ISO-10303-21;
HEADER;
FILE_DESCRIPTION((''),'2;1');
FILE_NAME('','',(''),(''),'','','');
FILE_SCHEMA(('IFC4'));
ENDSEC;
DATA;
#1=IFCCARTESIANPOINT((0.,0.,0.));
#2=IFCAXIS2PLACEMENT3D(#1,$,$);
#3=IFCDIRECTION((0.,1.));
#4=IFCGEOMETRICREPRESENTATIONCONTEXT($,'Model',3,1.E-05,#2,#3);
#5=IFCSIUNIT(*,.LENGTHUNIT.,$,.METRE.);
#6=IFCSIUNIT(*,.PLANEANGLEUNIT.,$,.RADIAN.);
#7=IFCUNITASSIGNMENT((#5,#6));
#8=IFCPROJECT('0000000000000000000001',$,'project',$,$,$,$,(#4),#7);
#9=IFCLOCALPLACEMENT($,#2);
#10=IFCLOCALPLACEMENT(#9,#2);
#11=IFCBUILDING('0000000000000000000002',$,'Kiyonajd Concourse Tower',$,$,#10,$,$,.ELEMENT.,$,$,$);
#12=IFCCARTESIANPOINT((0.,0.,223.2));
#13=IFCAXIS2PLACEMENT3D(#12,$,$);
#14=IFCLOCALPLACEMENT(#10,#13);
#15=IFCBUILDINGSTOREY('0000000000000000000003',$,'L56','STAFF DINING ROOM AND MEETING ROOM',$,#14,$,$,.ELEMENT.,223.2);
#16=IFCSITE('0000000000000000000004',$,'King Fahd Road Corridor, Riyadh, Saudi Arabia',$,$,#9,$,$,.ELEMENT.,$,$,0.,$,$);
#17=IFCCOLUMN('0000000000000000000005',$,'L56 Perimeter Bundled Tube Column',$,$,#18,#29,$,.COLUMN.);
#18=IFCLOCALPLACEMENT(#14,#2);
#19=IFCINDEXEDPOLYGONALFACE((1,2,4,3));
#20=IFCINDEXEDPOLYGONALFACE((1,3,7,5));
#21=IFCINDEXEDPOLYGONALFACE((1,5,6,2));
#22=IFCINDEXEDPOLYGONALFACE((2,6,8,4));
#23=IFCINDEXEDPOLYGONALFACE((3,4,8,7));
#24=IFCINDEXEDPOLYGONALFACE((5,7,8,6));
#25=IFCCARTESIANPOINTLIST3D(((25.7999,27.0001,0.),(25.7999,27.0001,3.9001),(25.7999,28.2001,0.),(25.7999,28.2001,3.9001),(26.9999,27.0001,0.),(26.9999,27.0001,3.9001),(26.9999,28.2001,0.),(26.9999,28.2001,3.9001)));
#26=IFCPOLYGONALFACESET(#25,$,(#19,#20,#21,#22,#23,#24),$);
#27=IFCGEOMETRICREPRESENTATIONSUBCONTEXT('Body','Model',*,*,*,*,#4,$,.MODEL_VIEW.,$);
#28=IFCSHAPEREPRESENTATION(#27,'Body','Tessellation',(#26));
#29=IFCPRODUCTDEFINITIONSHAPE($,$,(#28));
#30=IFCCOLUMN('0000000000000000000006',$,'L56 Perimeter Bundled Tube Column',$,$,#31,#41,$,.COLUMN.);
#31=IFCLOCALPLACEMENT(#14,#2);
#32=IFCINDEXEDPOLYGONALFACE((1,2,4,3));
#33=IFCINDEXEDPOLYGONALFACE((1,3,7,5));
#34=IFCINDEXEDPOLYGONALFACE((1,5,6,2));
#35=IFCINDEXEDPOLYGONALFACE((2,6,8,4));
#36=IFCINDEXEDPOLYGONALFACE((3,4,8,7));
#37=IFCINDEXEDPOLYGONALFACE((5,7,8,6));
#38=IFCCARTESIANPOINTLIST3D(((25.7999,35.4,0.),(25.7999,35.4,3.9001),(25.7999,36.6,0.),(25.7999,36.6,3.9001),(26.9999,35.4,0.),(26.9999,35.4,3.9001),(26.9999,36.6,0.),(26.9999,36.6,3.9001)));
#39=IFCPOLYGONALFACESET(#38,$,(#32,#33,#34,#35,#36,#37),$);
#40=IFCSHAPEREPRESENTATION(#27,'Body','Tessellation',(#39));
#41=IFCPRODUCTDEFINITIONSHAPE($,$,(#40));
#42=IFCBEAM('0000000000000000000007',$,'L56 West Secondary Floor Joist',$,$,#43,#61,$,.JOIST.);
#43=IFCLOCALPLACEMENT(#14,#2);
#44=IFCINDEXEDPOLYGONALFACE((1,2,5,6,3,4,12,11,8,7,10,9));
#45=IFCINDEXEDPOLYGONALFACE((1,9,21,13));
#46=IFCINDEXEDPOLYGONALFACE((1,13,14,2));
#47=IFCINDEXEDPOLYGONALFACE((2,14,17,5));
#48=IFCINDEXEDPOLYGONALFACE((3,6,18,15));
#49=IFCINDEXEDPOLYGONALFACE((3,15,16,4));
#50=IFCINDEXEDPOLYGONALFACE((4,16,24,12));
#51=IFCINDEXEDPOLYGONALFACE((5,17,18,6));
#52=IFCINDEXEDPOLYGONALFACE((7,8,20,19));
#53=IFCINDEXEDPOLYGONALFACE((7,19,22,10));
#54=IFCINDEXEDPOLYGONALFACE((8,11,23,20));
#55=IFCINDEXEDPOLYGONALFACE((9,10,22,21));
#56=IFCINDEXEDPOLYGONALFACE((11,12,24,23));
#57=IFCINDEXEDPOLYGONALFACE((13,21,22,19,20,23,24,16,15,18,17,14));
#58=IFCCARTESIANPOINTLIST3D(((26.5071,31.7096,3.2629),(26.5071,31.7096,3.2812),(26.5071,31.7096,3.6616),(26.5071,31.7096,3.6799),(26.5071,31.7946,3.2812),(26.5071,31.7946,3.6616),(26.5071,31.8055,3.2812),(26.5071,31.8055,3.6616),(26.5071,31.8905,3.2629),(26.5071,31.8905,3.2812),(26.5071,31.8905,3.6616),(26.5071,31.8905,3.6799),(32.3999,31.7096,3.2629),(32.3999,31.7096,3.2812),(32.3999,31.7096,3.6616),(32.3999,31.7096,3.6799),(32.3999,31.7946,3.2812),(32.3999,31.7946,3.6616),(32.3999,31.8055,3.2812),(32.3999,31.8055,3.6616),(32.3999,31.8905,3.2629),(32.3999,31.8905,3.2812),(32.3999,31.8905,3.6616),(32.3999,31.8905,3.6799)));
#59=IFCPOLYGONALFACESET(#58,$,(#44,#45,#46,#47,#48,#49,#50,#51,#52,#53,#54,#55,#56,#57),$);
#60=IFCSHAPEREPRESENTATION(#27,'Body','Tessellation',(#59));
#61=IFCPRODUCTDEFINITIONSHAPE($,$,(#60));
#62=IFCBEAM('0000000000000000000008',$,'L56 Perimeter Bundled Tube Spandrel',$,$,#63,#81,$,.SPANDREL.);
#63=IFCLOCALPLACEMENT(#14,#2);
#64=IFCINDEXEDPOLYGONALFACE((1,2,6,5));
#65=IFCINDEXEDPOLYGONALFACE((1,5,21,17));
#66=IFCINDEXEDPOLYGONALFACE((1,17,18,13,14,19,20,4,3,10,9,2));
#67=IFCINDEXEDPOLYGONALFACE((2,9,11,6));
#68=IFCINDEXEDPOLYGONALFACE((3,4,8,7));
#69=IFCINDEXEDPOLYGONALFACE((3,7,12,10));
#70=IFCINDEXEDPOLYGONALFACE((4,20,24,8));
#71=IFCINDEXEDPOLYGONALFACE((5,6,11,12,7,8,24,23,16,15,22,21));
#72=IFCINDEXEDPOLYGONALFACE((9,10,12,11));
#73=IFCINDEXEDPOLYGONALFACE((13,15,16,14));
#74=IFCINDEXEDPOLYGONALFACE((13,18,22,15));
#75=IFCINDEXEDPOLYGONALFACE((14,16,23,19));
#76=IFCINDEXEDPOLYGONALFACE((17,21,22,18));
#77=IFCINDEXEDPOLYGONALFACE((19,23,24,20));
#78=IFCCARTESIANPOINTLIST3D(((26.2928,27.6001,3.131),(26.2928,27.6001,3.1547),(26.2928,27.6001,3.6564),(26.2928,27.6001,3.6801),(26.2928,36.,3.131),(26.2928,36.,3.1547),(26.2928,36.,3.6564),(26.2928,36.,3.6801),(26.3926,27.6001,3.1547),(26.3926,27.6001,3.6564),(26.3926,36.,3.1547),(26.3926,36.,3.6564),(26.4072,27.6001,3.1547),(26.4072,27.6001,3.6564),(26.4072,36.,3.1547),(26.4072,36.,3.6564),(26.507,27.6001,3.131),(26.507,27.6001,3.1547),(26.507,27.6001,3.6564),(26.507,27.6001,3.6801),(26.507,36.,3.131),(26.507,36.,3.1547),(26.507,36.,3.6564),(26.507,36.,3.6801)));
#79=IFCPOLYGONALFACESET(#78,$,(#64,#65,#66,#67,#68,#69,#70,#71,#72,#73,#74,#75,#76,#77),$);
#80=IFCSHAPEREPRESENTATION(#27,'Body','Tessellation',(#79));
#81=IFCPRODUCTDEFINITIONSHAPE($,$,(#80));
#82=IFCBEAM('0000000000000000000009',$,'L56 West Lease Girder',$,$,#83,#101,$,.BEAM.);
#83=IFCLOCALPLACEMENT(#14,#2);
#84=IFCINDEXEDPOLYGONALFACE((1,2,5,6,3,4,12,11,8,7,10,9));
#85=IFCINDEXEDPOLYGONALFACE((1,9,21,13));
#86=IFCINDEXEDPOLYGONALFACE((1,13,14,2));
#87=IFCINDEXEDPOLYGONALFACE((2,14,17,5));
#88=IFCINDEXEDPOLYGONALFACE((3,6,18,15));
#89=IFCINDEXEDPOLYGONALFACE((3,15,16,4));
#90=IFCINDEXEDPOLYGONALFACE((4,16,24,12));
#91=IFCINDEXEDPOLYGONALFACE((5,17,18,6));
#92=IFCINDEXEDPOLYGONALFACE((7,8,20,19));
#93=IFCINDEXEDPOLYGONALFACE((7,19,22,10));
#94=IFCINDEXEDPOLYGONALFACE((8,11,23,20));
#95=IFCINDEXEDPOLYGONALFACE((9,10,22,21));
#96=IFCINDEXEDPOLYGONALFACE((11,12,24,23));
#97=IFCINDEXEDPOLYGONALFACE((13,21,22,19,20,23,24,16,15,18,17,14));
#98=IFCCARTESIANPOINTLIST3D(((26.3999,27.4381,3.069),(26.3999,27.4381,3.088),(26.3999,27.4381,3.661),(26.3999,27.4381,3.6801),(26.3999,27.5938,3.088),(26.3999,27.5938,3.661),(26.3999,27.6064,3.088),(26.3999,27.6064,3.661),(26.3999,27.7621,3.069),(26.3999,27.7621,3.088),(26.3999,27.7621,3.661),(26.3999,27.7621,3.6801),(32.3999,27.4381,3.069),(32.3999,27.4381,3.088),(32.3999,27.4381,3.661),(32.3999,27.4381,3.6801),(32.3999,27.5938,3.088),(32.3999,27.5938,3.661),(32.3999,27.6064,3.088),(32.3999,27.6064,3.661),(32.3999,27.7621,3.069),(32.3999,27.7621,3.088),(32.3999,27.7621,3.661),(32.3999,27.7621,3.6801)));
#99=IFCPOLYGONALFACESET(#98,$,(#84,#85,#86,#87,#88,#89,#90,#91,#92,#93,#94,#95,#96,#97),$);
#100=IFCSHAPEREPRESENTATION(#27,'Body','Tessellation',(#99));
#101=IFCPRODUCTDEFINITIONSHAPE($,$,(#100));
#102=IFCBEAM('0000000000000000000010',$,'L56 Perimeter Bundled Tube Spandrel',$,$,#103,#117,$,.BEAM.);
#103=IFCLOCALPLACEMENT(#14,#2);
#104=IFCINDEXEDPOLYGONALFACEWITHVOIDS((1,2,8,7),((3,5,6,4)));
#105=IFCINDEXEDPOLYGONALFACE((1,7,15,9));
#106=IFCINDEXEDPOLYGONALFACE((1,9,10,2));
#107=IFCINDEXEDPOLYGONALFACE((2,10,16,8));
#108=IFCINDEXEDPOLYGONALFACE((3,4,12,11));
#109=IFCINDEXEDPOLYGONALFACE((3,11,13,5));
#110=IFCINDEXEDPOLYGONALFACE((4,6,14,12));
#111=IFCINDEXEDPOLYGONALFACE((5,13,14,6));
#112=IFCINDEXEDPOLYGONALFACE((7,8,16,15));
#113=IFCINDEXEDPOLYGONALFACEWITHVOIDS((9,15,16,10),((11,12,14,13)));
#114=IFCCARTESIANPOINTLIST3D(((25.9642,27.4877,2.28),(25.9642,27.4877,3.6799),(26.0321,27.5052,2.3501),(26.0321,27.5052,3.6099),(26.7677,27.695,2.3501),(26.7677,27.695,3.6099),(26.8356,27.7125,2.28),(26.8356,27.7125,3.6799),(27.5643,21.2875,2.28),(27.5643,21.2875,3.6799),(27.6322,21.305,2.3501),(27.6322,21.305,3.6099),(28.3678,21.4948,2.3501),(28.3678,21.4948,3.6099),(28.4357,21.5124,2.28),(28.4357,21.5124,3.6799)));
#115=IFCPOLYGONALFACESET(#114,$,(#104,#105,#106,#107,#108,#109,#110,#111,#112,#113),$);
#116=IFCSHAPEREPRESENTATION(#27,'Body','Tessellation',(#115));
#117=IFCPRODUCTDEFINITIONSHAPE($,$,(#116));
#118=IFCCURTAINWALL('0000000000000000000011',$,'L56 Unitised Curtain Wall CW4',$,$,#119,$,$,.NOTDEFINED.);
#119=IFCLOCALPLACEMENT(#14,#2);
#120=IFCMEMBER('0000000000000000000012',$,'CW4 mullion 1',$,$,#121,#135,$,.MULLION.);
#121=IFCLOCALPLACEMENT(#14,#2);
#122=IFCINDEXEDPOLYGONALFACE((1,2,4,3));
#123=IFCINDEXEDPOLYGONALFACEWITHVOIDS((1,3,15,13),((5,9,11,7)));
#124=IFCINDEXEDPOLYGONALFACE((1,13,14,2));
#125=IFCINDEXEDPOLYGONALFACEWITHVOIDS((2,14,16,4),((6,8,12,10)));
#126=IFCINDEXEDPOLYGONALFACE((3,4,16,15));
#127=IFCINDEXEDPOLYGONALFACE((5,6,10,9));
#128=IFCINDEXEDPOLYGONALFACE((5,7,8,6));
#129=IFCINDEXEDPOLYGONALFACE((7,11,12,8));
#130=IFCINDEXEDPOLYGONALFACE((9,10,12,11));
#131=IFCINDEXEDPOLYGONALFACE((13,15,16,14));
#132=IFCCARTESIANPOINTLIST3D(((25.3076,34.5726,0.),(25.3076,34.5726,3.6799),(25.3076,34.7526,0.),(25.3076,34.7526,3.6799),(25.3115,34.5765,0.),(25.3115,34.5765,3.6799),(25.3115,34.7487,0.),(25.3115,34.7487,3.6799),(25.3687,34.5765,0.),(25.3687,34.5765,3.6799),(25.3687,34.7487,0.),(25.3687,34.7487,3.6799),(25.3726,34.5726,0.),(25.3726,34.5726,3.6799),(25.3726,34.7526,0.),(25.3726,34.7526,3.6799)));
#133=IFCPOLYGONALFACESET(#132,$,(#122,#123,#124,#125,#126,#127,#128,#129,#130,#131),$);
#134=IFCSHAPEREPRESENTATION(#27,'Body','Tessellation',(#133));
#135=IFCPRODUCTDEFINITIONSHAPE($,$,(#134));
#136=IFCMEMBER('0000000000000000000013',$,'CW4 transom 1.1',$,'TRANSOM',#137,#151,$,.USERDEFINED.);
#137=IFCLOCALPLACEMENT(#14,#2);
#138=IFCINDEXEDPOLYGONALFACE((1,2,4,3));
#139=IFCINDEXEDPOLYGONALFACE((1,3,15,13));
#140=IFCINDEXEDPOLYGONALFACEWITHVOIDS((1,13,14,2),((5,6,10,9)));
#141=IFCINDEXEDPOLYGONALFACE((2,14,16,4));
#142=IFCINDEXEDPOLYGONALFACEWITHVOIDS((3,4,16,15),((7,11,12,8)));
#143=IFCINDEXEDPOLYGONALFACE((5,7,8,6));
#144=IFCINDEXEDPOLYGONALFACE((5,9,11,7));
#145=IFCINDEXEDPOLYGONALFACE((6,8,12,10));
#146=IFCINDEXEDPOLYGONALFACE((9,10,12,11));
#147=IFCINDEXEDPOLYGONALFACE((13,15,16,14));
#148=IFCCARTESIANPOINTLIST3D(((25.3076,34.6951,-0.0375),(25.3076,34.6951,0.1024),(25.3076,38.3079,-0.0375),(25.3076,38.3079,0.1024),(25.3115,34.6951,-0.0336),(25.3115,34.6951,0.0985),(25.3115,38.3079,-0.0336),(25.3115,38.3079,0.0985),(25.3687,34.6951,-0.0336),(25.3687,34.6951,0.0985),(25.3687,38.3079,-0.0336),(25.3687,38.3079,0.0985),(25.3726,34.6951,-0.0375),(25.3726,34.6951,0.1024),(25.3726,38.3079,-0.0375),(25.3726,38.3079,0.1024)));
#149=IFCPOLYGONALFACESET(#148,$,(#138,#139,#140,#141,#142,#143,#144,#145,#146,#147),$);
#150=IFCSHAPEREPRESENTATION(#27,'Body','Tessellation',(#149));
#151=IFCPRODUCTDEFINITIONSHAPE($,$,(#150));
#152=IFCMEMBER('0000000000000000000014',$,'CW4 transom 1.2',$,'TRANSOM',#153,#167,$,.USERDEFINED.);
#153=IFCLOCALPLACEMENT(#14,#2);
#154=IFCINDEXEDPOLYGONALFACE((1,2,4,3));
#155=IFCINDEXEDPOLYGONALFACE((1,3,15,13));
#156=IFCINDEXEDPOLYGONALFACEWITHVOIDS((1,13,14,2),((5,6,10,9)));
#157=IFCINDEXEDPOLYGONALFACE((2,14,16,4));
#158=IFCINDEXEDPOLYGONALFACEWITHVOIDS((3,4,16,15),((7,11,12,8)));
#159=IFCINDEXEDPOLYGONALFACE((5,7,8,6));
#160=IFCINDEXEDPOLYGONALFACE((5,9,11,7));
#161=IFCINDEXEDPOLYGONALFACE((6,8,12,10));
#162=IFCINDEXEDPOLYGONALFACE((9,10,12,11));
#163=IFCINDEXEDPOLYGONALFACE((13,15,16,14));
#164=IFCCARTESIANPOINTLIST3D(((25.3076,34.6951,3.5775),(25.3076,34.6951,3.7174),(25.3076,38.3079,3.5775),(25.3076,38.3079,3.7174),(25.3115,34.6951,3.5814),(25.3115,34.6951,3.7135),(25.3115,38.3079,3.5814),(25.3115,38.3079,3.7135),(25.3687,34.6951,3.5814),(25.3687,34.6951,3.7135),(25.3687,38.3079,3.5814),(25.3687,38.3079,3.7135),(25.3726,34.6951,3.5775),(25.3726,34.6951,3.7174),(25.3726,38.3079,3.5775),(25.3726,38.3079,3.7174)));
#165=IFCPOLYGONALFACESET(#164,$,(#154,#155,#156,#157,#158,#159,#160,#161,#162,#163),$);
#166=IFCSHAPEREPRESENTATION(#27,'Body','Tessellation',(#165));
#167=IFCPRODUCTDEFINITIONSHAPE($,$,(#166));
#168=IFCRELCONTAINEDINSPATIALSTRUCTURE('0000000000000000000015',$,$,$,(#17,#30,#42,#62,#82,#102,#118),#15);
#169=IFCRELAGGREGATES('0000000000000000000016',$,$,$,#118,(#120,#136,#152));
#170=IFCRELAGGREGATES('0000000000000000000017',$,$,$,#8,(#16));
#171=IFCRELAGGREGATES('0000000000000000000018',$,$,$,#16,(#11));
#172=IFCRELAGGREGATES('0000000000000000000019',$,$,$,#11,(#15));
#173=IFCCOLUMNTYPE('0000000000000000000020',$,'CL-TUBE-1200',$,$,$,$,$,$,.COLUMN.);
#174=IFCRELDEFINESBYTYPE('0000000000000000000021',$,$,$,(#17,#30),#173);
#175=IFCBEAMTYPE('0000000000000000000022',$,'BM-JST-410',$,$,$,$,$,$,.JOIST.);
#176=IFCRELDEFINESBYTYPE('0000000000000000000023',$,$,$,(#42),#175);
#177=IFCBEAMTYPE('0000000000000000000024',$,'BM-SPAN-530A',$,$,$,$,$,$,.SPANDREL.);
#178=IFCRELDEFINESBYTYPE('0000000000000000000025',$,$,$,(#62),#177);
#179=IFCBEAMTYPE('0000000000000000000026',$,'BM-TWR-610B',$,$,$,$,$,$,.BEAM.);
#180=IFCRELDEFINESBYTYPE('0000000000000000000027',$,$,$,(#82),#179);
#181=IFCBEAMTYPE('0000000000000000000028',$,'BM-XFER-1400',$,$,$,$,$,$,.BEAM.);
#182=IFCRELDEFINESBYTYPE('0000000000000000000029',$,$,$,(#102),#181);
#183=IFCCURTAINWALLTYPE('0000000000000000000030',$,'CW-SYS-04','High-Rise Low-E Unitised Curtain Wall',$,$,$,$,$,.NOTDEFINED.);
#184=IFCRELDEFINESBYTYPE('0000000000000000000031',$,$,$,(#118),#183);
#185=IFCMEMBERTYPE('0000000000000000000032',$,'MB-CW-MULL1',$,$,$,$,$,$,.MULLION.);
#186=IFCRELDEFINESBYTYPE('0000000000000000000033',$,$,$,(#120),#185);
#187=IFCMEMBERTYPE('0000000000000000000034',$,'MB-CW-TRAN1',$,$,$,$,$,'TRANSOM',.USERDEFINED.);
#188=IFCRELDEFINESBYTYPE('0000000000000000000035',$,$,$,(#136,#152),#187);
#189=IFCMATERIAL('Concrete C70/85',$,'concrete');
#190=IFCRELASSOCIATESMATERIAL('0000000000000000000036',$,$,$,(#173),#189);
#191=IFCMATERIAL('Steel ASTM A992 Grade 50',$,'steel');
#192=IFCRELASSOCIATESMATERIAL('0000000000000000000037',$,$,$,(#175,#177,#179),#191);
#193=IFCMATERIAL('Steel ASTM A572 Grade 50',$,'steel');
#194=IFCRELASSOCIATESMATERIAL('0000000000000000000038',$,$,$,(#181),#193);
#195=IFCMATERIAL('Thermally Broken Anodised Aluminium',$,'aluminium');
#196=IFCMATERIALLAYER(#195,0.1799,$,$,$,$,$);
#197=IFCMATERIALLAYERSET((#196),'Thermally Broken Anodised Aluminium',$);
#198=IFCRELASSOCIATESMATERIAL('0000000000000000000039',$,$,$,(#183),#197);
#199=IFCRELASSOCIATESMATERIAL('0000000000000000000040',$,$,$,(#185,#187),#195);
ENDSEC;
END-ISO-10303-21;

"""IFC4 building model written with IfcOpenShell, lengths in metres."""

from ifc_helpers import new_model, si_unit, direction, frame, origin, origin_2d, place, context, subcontext, project, spatial, rectangle, hollow_rectangle, i_section, extrude, material, layer, layer_set, material_profile, profile_set, type_object, element, aggregate, save


model = new_model("IFC4")

# Units and contexts
model_context = context("Model", 3, precision=1e-05, world=origin(), true_north=direction((0.0, 1.0)))
body_context = subcontext(model_context, "Body", "Model", "MODEL_VIEW")
ifc_project = project(units=[si_unit("LENGTHUNIT", "METRE"), si_unit("PLANEANGLEUNIT", "RADIAN")], contexts=[model_context])

# Site, building, storey
site_placement = place(None, origin())
site = spatial("IfcSite", under=ifc_project, at=site_placement, Name="King Fahd Road Corridor, Riyadh, Saudi Arabia", CompositionType="ELEMENT", RefElevation=0.0)
building_placement = place(site_placement, origin())
building = spatial("IfcBuilding", under=site, at=building_placement, Name="Kiyonajd Concourse Tower", CompositionType="ELEMENT")
storey_placement = place(building_placement, frame((0.0, 0.0, 223.2)))
storey = spatial("IfcBuildingStorey", under=building, at=storey_placement, Name="L56", Description="STAFF DINING ROOM AND MEETING ROOM", CompositionType="ELEMENT", Elevation=223.2)

# Columns
ifc_material_1 = material(Name="Concrete C70/85", Category="concrete")
ifc_material_profile_1 = material_profile(ifc_material_1, rectangle(XDim=1.2, YDim=1.2, at=origin_2d()), Name="RC-1200x1200")
ifc_profile_set_1 = profile_set([ifc_material_profile_1], Name="Concrete C70/85")
column_type = type_object("IfcColumnType", Name="CL-TUBE-1200", PredefinedType="COLUMN", material=ifc_profile_set_1)
for number, where, z_axis, x_axis, name in (
    (1, (26.3999, 27.6001, 0.0), (0.0, 0.0, 1.0), (1.0, 0.0, 0.0), "L56 Perimeter Bundled Tube Column"),
    (2, (26.3999, 36.0, 0.0), (0.0, 0.0, 1.0), (1.0, 0.0, 0.0), "L56 Perimeter Bundled Tube Column"),
):
    element("IfcColumn", number, at=place(storey_placement, frame(where, z_axis=z_axis, x_axis=x_axis)), inside=storey, type_object=column_type, Name=name, PredefinedType="COLUMN", context=body_context, shape_type="SweptSolid", body=[
        extrude(rectangle(XDim=1.2, YDim=1.2, at=origin_2d()), origin(), (0.0, 0.0, 1.0), 3.9001),
    ])

# Beams
ifc_material_2 = material(Name="Steel ASTM A992 Grade 50", Category="steel")
ifc_material_profile_2 = material_profile(ifc_material_2, i_section(OverallWidth=0.1809, OverallDepth=0.417, WebThickness=0.011, FlangeThickness=0.0183, at=origin_2d()), Name="W410X85")
ifc_profile_set_2 = profile_set([ifc_material_profile_2], Name="Steel ASTM A992 Grade 50")
beam_type_1 = type_object("IfcBeamType", Name="BM-JST-410", PredefinedType="JOIST", material=ifc_profile_set_2)
beam_1_placement = place(storey_placement, frame((26.5071, 31.8, 3.4714), z_axis=(1.0, 0.0, 0.0), x_axis=(0.0, 1.0, 0.0)))
element("IfcBeam", 3, at=beam_1_placement, inside=storey, type_object=beam_type_1, Name="L56 West Secondary Floor Joist", PredefinedType="JOIST", context=body_context, shape_type="SweptSolid", body=[
    extrude(i_section(OverallWidth=0.1809, OverallDepth=0.417, WebThickness=0.011, FlangeThickness=0.0183, at=origin_2d()), origin(), (0.0, 0.0, 1.0), 5.8928),
])
ifc_material_profile_3 = material_profile(ifc_material_2, i_section(OverallWidth=0.2141, OverallDepth=0.5491, WebThickness=0.0146, FlangeThickness=0.0237, at=origin_2d()), Name="W530X138")
ifc_profile_set_3 = profile_set([ifc_material_profile_3], Name="Steel ASTM A992 Grade 50")
beam_type_2 = type_object("IfcBeamType", Name="BM-SPAN-530A", PredefinedType="SPANDREL", material=ifc_profile_set_3)
beam_2_placement = place(storey_placement, frame((26.3999, 36.0, 3.4055), z_axis=(0.0, -1.0, 0.0), x_axis=(1.0, 0.0, 0.0)))
element("IfcBeam", 4, at=beam_2_placement, inside=storey, type_object=beam_type_2, Name="L56 Perimeter Bundled Tube Spandrel", PredefinedType="SPANDREL", context=body_context, shape_type="SweptSolid", body=[
    extrude(i_section(OverallWidth=0.2141, OverallDepth=0.5491, WebThickness=0.0146, FlangeThickness=0.0237, at=origin_2d()), origin(), (0.0, 0.0, 1.0), 8.3999),
])
ifc_material_profile_4 = material_profile(ifc_material_2, i_section(OverallWidth=0.324, OverallDepth=0.6111, WebThickness=0.0127, FlangeThickness=0.019, at=origin_2d()), Name="W610X155")
ifc_profile_set_4 = profile_set([ifc_material_profile_4], Name="Steel ASTM A992 Grade 50")
beam_type_3 = type_object("IfcBeamType", Name="BM-TWR-610B", PredefinedType="BEAM", material=ifc_profile_set_4)
beam_3_placement = place(storey_placement, frame((26.3999, 27.6001, 3.3745), z_axis=(1.0, 0.0, 0.0), x_axis=(0.0, 1.0, 0.0)))
element("IfcBeam", 5, at=beam_3_placement, inside=storey, type_object=beam_type_3, Name="L56 West Lease Girder", PredefinedType="BEAM", context=body_context, shape_type="SweptSolid", body=[
    extrude(i_section(OverallWidth=0.324, OverallDepth=0.6111, WebThickness=0.0127, FlangeThickness=0.019, at=origin_2d()), origin(), (0.0, 0.0, 1.0), 6.0),
])
ifc_material_3 = material(Name="Steel ASTM A572 Grade 50", Category="steel")
ifc_material_profile_5 = material_profile(ifc_material_3, hollow_rectangle(XDim=0.8999, YDim=1.3999, WallThickness=0.0701, at=origin_2d()), Name="BOX-1400x900x70")
ifc_profile_set_5 = profile_set([ifc_material_profile_5], Name="Steel ASTM A572 Grade 50")
beam_type_4 = type_object("IfcBeamType", Name="BM-XFER-1400", PredefinedType="BEAM", material=ifc_profile_set_5)
beam_4_placement = place(storey_placement, frame((26.3999, 27.6001, 2.98), z_axis=(0.249885, -0.968276, 0.0), x_axis=(0.968276, 0.249885, 0.0)))
element("IfcBeam", 6, at=beam_4_placement, inside=storey, type_object=beam_type_4, Name="L56 Perimeter Bundled Tube Spandrel", PredefinedType="BEAM", context=body_context, shape_type="SweptSolid", body=[
    extrude(hollow_rectangle(XDim=0.8999, YDim=1.3999, WallThickness=0.0701, at=origin_2d()), origin(), (0.0, 0.0, 1.0), 6.4033),
])

# Curtain wall, members
ifc_material_4 = material(Name="Thermally Broken Anodised Aluminium", Category="aluminium")
ifc_layer_1 = layer(ifc_material_4, 0.1799)
ifc_layer_set_1 = layer_set([ifc_layer_1], Name="Thermally Broken Anodised Aluminium")
curtain_wall_type = type_object("IfcCurtainWallType", Name="CW-SYS-04", Description="High-Rise Low-E Unitised Curtain Wall", PredefinedType="NOTDEFINED", material=ifc_layer_set_1)
curtain_wall_placement = place(storey_placement, origin())
curtain_wall = element("IfcCurtainWall", 7, at=curtain_wall_placement, inside=storey, type_object=curtain_wall_type, Name="L56 Unitised Curtain Wall CW4", PredefinedType="NOTDEFINED")
ifc_material_profile_6 = material_profile(ifc_material_4, hollow_rectangle(XDim=0.0649, YDim=0.1799, WallThickness=0.0039, at=origin_2d()), Name="MULL-65x180")
ifc_profile_set_6 = profile_set([ifc_material_profile_6], Name="Thermally Broken Anodised Aluminium")
member_type_1 = type_object("IfcMemberType", Name="MB-CW-MULL1", PredefinedType="MULLION", material=ifc_profile_set_6)
member_1_placement = place(storey_placement, frame((25.3401, 34.6626, 0.0), z_axis=(0.0, 0.0, 1.0), x_axis=(-1.0, 0.0, 0.0)))
member_1 = element("IfcMember", 8, at=member_1_placement, type_object=member_type_1, Name="CW4 mullion 1", PredefinedType="MULLION", context=body_context, shape_type="SweptSolid", body=[
    extrude(hollow_rectangle(XDim=0.0649, YDim=0.1799, WallThickness=0.0039, at=origin_2d()), origin(), (0.0, 0.0, 1.0), 3.6799),
])
ifc_material_profile_7 = material_profile(ifc_material_4, hollow_rectangle(XDim=0.0649, YDim=0.1399, WallThickness=0.0039, at=origin_2d()), Name="TRAN-65x140")
ifc_profile_set_7 = profile_set([ifc_material_profile_7], Name="Thermally Broken Anodised Aluminium")
member_type_2 = type_object("IfcMemberType", Name="MB-CW-TRAN1", ElementType="TRANSOM", PredefinedType="USERDEFINED", material=ifc_profile_set_7)
member_2_placement = place(storey_placement, frame((25.3401, 34.6951, 0.0325), z_axis=(0.0, 1.0, 0.0), x_axis=(-1.0, 0.0, 0.0)))
member_2 = element("IfcMember", 9, at=member_2_placement, type_object=member_type_2, Name="CW4 transom 1.1", ObjectType="TRANSOM", PredefinedType="USERDEFINED", context=body_context, shape_type="SweptSolid", body=[
    extrude(hollow_rectangle(XDim=0.0649, YDim=0.1399, WallThickness=0.0039, at=origin_2d()), origin(), (0.0, 0.0, 1.0), 3.6128),
])
member_3_placement = place(storey_placement, frame((25.3401, 34.6951, 3.6475), z_axis=(0.0, 1.0, 0.0), x_axis=(-1.0, 0.0, 0.0)))
member_3 = element("IfcMember", 10, at=member_3_placement, type_object=member_type_2, Name="CW4 transom 1.2", ObjectType="TRANSOM", PredefinedType="USERDEFINED", context=body_context, shape_type="SweptSolid", body=[
    extrude(hollow_rectangle(XDim=0.0649, YDim=0.1399, WallThickness=0.0039, at=origin_2d()), origin(), (0.0, 0.0, 1.0), 3.6128),
])
aggregate(curtain_wall, [member_1, member_2, member_3])

save(model, "model.ifc")
